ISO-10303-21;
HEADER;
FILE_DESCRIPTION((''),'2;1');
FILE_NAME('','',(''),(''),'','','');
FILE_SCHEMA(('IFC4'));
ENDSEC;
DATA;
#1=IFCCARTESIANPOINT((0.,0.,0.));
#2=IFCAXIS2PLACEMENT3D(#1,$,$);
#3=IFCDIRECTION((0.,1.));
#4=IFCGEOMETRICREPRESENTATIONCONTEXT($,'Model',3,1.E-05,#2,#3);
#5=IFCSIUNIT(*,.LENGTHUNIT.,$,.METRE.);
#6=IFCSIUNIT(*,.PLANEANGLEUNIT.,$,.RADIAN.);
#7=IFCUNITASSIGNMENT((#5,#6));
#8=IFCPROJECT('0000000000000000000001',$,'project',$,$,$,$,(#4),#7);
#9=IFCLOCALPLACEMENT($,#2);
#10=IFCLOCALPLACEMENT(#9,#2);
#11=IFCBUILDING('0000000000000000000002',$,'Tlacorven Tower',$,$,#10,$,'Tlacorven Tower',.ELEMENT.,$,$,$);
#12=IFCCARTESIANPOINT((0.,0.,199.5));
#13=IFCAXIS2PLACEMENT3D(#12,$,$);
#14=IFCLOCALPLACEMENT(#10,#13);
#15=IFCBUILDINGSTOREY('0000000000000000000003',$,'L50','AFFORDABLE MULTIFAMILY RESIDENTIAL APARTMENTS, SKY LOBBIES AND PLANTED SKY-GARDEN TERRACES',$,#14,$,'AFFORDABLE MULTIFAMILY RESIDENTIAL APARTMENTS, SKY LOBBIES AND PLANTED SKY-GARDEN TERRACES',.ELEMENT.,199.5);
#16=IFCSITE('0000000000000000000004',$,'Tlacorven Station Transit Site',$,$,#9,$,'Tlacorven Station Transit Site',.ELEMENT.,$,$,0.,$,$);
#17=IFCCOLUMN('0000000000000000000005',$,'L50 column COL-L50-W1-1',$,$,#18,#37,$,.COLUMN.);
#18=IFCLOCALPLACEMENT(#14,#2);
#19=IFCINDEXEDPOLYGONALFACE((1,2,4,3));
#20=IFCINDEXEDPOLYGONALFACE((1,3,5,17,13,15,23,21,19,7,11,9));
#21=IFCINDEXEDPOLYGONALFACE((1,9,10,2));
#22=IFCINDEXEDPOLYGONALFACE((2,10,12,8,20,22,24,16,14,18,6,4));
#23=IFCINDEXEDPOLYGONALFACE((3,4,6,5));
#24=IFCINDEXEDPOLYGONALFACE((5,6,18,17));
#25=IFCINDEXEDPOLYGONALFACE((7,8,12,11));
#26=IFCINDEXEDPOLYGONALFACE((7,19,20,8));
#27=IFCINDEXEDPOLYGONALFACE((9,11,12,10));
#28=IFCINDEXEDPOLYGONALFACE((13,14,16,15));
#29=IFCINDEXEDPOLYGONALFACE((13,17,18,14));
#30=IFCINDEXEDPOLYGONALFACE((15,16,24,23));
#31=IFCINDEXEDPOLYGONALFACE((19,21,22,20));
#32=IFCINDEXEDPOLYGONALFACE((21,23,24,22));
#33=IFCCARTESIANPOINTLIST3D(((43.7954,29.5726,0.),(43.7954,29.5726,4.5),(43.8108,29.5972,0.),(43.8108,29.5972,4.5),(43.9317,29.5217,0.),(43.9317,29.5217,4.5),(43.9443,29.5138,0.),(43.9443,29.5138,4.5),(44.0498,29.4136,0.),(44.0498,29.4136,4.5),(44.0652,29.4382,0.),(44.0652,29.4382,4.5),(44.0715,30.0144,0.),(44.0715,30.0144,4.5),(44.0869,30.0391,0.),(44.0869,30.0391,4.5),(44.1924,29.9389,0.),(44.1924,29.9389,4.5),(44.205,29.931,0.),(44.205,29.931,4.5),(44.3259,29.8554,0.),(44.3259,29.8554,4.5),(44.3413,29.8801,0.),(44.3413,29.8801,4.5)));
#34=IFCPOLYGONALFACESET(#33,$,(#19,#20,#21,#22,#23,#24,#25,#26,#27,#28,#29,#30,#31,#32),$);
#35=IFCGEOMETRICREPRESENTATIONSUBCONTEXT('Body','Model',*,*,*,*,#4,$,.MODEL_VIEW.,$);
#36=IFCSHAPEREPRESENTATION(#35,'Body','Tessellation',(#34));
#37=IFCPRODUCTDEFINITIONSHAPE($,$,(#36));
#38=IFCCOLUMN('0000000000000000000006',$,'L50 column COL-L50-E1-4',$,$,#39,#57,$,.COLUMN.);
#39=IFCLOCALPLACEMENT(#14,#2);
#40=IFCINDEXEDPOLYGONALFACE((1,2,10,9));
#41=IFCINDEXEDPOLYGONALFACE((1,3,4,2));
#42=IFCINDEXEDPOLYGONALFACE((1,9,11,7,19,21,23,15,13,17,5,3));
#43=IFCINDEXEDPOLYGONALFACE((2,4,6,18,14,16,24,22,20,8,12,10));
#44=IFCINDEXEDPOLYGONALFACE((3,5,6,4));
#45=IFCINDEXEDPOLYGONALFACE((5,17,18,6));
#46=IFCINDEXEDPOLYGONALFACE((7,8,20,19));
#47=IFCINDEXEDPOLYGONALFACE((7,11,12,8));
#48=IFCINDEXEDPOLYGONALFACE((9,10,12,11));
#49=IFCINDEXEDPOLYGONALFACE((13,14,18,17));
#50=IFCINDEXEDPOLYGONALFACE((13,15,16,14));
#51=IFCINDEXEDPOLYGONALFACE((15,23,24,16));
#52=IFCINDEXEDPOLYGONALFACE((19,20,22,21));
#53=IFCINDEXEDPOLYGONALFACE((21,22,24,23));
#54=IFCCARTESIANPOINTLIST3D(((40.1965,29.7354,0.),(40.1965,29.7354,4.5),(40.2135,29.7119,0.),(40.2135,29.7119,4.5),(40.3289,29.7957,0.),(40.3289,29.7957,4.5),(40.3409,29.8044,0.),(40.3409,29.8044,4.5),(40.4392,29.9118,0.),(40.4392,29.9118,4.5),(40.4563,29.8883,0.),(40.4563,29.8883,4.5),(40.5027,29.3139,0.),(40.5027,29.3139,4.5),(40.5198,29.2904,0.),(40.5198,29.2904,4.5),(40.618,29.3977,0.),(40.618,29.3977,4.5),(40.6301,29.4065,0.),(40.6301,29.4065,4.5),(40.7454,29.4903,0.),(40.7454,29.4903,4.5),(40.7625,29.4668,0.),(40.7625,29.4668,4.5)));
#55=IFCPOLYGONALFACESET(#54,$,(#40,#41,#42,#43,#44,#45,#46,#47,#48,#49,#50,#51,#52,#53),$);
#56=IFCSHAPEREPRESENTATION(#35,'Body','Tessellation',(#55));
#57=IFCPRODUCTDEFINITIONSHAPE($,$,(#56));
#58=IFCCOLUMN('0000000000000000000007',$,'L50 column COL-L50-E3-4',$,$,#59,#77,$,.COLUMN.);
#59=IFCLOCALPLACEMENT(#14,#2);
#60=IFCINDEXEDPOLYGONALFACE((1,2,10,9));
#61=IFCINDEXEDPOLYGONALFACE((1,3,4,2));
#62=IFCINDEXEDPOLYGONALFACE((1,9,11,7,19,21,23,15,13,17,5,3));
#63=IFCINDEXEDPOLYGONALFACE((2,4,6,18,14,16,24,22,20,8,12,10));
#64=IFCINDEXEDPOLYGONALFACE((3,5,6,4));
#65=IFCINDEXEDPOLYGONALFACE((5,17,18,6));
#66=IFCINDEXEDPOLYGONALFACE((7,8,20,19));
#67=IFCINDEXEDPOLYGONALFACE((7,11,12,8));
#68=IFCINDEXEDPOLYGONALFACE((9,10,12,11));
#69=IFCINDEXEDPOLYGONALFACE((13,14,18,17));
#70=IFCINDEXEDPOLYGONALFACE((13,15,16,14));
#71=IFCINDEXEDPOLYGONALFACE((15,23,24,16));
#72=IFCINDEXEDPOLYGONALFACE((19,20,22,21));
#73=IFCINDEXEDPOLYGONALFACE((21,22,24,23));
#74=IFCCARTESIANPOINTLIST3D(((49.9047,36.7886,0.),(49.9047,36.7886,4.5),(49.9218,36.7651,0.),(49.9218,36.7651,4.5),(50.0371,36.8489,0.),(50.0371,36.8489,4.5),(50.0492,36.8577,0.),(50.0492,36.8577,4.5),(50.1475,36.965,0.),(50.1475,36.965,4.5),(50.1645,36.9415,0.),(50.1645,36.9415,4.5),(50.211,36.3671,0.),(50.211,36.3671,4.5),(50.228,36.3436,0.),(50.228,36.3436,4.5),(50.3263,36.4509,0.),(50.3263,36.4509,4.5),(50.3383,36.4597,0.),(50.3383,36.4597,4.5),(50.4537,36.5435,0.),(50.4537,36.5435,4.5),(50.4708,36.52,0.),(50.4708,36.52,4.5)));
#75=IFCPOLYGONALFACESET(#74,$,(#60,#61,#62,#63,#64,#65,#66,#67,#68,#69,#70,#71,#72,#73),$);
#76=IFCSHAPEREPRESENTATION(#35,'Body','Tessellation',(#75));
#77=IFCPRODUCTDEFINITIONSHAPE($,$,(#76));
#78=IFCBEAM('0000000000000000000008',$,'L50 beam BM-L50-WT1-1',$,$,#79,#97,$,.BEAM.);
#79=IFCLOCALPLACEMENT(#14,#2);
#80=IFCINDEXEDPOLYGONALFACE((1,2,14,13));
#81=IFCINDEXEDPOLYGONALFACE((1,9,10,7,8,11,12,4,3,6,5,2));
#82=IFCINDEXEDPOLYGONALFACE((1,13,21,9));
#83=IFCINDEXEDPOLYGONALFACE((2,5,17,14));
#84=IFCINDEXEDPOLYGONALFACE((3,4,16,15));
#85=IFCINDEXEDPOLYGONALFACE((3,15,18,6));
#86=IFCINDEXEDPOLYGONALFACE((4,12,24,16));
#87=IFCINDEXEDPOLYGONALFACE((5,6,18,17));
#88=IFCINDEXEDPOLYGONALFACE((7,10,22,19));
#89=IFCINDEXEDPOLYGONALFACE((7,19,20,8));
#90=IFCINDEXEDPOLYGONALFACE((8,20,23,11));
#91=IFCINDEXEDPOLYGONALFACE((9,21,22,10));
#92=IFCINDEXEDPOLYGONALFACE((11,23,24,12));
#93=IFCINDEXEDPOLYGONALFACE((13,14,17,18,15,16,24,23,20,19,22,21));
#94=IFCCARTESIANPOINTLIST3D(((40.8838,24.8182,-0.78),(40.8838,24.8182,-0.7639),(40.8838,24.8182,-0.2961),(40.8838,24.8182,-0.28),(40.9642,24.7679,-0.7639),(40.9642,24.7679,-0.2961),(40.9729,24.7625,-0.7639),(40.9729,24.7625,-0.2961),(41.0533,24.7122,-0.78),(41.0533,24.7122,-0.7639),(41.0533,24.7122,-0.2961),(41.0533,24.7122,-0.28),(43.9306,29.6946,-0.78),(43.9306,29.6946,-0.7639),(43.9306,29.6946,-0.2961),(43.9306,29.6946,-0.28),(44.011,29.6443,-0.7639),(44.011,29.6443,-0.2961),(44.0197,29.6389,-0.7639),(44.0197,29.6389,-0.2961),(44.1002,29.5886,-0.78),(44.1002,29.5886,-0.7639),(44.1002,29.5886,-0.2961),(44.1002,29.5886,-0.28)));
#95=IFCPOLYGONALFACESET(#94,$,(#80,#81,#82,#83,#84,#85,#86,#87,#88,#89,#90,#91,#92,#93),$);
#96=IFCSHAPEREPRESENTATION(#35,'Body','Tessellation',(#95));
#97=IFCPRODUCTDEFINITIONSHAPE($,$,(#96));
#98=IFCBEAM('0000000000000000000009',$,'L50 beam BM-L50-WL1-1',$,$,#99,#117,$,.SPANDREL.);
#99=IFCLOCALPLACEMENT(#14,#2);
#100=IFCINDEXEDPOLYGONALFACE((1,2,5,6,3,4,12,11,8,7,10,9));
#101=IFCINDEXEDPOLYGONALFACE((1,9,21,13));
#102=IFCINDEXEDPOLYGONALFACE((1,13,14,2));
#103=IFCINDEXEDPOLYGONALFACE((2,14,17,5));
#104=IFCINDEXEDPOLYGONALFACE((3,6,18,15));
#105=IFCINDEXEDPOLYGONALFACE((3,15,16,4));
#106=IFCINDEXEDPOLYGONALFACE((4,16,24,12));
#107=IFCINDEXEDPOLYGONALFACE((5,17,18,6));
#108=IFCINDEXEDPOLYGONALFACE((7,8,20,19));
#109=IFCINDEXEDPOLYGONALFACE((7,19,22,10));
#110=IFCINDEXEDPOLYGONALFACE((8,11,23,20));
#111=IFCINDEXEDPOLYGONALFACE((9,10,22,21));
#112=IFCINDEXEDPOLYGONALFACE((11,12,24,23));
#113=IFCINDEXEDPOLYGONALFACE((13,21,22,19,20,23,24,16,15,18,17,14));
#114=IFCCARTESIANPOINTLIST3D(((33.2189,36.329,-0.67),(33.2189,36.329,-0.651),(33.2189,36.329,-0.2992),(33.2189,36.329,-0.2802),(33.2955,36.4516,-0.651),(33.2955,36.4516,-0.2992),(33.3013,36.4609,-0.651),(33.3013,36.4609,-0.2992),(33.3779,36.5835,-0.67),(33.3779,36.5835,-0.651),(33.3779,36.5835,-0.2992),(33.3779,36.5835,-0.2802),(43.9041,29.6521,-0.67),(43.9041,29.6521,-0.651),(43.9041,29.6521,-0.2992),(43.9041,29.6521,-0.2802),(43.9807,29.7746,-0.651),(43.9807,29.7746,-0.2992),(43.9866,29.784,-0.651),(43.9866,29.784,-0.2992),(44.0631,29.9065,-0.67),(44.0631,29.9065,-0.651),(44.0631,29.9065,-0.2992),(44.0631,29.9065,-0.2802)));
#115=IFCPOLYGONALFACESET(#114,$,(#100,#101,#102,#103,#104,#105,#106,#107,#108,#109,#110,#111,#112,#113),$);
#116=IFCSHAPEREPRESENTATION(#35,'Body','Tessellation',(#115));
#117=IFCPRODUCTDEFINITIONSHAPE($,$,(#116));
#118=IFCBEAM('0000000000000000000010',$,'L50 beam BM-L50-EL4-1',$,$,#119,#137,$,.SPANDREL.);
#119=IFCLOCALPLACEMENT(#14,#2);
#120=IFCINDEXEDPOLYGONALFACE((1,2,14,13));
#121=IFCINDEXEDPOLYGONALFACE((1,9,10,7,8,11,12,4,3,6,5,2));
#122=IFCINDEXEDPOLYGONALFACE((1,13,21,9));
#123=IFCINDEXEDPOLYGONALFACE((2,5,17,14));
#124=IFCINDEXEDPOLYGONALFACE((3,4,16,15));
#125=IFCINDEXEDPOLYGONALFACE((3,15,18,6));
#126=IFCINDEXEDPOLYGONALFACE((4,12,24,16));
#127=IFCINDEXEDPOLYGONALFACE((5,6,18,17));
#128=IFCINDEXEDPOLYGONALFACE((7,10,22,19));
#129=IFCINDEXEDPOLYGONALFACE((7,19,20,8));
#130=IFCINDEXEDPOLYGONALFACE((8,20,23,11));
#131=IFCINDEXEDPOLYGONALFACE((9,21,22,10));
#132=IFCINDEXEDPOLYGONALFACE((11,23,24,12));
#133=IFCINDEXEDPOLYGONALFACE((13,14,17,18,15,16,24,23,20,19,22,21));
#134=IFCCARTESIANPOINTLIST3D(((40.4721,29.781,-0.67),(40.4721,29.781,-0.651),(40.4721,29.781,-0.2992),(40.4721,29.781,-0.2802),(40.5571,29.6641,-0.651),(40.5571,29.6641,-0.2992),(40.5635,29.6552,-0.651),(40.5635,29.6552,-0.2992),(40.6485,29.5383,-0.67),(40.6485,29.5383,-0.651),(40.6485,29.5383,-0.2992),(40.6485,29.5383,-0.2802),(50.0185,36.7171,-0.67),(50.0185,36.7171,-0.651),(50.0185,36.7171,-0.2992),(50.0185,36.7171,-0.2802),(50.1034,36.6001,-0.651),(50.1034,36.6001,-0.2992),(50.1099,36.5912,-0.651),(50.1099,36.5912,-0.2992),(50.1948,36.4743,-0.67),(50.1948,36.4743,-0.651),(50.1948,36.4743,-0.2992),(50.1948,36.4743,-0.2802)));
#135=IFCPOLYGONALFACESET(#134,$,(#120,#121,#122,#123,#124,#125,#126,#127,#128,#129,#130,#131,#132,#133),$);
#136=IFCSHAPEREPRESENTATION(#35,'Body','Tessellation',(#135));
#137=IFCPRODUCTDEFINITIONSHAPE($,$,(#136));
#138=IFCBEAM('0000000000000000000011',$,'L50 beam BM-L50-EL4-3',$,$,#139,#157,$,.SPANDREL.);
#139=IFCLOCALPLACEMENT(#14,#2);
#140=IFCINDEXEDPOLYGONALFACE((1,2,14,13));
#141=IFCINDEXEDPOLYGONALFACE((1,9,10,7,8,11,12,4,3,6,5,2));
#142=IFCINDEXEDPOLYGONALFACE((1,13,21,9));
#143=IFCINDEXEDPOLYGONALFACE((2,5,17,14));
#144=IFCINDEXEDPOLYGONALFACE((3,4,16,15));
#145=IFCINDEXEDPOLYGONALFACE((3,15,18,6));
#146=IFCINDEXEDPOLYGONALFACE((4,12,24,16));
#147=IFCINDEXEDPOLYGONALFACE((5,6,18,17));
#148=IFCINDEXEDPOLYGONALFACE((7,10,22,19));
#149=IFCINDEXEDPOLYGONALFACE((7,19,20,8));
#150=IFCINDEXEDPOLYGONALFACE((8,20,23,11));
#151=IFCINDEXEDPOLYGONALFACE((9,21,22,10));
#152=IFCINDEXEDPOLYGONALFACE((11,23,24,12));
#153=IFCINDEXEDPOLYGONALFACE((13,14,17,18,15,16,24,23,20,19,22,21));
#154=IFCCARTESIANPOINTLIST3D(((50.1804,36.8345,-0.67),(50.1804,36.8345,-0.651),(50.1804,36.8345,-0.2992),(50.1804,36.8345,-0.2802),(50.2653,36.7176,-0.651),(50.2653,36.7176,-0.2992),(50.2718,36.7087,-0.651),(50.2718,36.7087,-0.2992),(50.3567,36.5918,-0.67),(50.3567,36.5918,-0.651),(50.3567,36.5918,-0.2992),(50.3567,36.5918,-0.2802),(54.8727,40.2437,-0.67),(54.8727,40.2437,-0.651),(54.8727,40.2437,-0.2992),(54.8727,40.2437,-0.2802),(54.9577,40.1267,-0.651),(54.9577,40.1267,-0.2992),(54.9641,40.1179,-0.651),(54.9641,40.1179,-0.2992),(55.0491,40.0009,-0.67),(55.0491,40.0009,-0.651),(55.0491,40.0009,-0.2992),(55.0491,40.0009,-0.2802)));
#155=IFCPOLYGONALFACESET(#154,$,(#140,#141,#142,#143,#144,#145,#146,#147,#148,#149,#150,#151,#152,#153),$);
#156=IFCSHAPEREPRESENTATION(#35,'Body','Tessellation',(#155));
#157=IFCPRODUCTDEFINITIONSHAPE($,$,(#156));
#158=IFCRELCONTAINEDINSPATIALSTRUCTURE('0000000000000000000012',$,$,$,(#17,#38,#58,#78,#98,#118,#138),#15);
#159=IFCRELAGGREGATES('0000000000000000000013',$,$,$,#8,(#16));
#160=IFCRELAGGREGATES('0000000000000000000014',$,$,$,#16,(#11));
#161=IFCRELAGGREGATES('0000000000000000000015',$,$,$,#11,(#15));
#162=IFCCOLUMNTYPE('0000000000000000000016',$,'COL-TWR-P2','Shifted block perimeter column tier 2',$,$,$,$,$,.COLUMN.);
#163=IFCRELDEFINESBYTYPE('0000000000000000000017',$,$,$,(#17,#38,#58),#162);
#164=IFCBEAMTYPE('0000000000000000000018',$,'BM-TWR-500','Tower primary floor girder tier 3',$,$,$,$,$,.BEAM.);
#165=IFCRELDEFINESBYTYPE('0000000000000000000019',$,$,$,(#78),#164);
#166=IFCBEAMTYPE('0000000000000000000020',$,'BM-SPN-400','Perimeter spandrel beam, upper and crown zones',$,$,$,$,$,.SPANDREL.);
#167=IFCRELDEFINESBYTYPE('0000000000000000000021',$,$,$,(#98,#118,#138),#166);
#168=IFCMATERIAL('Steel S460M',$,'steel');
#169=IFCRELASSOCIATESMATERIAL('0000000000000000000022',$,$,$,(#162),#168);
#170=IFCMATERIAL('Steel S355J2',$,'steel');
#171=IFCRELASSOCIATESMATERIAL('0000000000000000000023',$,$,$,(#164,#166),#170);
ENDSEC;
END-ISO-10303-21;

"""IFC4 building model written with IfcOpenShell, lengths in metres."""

from ifc_helpers import new_model, si_unit, direction, frame, origin, origin_2d, place, context, subcontext, project, spatial, i_section, extrude, source, transform, mapped, material, material_profile, profile_set, type_object, element, save


model = new_model("IFC4")

# Units and contexts
model_context = context("Model", 3, precision=1e-05, world=origin(), true_north=direction((0.0, 1.0)))
body_context = subcontext(model_context, "Body", "Model", "MODEL_VIEW")
ifc_project = project(units=[si_unit("LENGTHUNIT", "METRE"), si_unit("PLANEANGLEUNIT", "RADIAN")], contexts=[model_context])

# Site, building, storey
site_placement = place(None, origin())
site = spatial("IfcSite", under=ifc_project, at=site_placement, Name="Tlacorven Station Transit Site", LongName="Tlacorven Station Transit Site", CompositionType="ELEMENT", RefElevation=0.0)
building_placement = place(site_placement, origin())
building = spatial("IfcBuilding", under=site, at=building_placement, Name="Tlacorven Tower", LongName="Tlacorven Tower", CompositionType="ELEMENT")
storey_placement = place(building_placement, frame((0.0, 0.0, 199.5)))
storey = spatial("IfcBuildingStorey", under=building, at=storey_placement, Name="L50", Description="AFFORDABLE MULTIFAMILY RESIDENTIAL APARTMENTS, SKY LOBBIES AND PLANTED SKY-GARDEN TERRACES", LongName="AFFORDABLE MULTIFAMILY RESIDENTIAL APARTMENTS, SKY LOBBIES AND PLANTED SKY-GARDEN TERRACES", CompositionType="ELEMENT", Elevation=199.5)

# Columns
ifc_material_1 = material(Name="Steel S460M", Category="steel")
ifc_material_profile_1 = material_profile(ifc_material_1, i_section(OverallWidth=0.3, OverallDepth=0.55, WebThickness=0.0149, FlangeThickness=0.0291, at=origin_2d()), Name="HEB 550")
ifc_profile_set_1 = profile_set([ifc_material_profile_1], Name="Steel S460M")
column_type = type_object("IfcColumnType", Name="COL-TWR-P2", Description="Shifted block perimeter column tier 2", PredefinedType="COLUMN", material=ifc_profile_set_1)
shared_shape_1 = source(origin(), body_context, "Body", "SweptSolid", [
    extrude(i_section(OverallWidth=0.3, OverallDepth=0.55, WebThickness=0.0149, FlangeThickness=0.0291, at=origin_2d()), origin(), (0.0, 0.0, 1.0), 4.5),
])
for number, where, z_axis, x_axis, name in (
    (1, (44.0684, 29.7263, 0.0), (0.0, 0.0, 1.0), (-0.848048, 0.529919, 0.0), "L50 column COL-L50-W1-1"),
    (2, (40.4795, 29.6011, 0.0), (0.0, 0.0, 1.0), (0.809017, 0.587785, 0.0), "L50 column COL-L50-E1-4"),
    (3, (50.1877, 36.6543, 0.0), (0.0, 0.0, 1.0), (0.809017, 0.587785, 0.0), "L50 column COL-L50-E3-4"),
):
    element("IfcColumn", number, at=place(storey_placement, frame(where, z_axis=z_axis, x_axis=x_axis)), inside=storey, type_object=column_type, Name=name, PredefinedType="COLUMN", context=body_context, shape_type="MappedRepresentation", body=[
        mapped(shared_shape_1, transform((0.0, 0.0, 0.0), scale=1.0)),
    ])

# Beams
ifc_material_2 = material(Name="Steel S355J2", Category="steel")
ifc_material_profile_2 = material_profile(ifc_material_2, i_section(OverallWidth=0.2, OverallDepth=0.5, WebThickness=0.0103, FlangeThickness=0.0161, at=origin_2d()), Name="IPE 500")
ifc_profile_set_2 = profile_set([ifc_material_profile_2], Name="Steel S355J2")
beam_type_1 = type_object("IfcBeamType", Name="BM-TWR-500", Description="Tower primary floor girder tier 3", PredefinedType="BEAM", material=ifc_profile_set_2)
shared_shape_2 = source(origin(), body_context, "Body", "SweptSolid", [
    extrude(i_section(OverallWidth=0.2, OverallDepth=0.5, WebThickness=0.0103, FlangeThickness=0.0161, at=origin_2d()), origin(), (0.0, 0.0, 1.0), 5.75),
])
beam_1_placement = place(storey_placement, frame((44.0154, 29.6416, -0.53), z_axis=(-0.529884, -0.84807, 0.0), x_axis=(0.84807, -0.529884, 0.0)))
element("IfcBeam", 4, at=beam_1_placement, inside=storey, type_object=beam_type_1, Name="L50 beam BM-L50-WT1-1", PredefinedType="BEAM", context=body_context, shape_type="MappedRepresentation", body=[
    mapped(shared_shape_2, transform((0.0, 0.0, 0.0), scale=1.0)),
])
ifc_material_profile_3 = material_profile(ifc_material_2, i_section(OverallWidth=0.3, OverallDepth=0.3899, WebThickness=0.011, FlangeThickness=0.019, at=origin_2d()), Name="HEA 400")
ifc_profile_set_3 = profile_set([ifc_material_profile_3], Name="Steel S355J2")
beam_type_2 = type_object("IfcBeamType", Name="BM-SPN-400", Description="Perimeter spandrel beam, upper and crown zones", PredefinedType="SPANDREL", material=ifc_profile_set_3)
shared_shape_3 = source(origin(), body_context, "Body", "SweptSolid", [
    extrude(i_section(OverallWidth=0.3, OverallDepth=0.3899, WebThickness=0.011, FlangeThickness=0.019, at=origin_2d()), origin(), (0.0, 0.0, 1.0), 12.5999),
])
beam_2_placement = place(storey_placement, frame((43.9836, 29.7793, -0.4751), z_axis=(-0.848045, 0.529924, 0.0), x_axis=(-0.529924, -0.848045, 0.0)))
element("IfcBeam", 5, at=beam_2_placement, inside=storey, type_object=beam_type_2, Name="L50 beam BM-L50-WL1-1", PredefinedType="SPANDREL", context=body_context, shape_type="MappedRepresentation", body=[
    mapped(shared_shape_3, transform((0.0, 0.0, 0.0), scale=1.0)),
])
shared_shape_4 = source(origin(), body_context, "Body", "SweptSolid", [
    extrude(i_section(OverallWidth=0.3, OverallDepth=0.3899, WebThickness=0.011, FlangeThickness=0.019, at=origin_2d()), origin(), (0.0, 0.0, 1.0), 11.8),
])
beam_3_placement = place(storey_placement, frame((40.5603, 29.6597, -0.4751), z_axis=(0.80901, 0.587795, 0.0), x_axis=(-0.587795, 0.80901, 0.0)))
element("IfcBeam", 6, at=beam_3_placement, inside=storey, type_object=beam_type_2, Name="L50 beam BM-L50-EL4-1", PredefinedType="SPANDREL", context=body_context, shape_type="MappedRepresentation", body=[
    mapped(shared_shape_4, transform((0.0, 0.0, 0.0), scale=1.0)),
])
shared_shape_5 = source(origin(), body_context, "Body", "SweptSolid", [
    extrude(i_section(OverallWidth=0.3, OverallDepth=0.3899, WebThickness=0.011, FlangeThickness=0.019, at=origin_2d()), origin(), (0.0, 0.0, 1.0), 5.8),
])
beam_4_placement = place(storey_placement, frame((50.2686, 36.7131, -0.4751), z_axis=(0.80902, 0.587781, 0.0), x_axis=(-0.587781, 0.80902, 0.0)))
element("IfcBeam", 7, at=beam_4_placement, inside=storey, type_object=beam_type_2, Name="L50 beam BM-L50-EL4-3", PredefinedType="SPANDREL", context=body_context, shape_type="MappedRepresentation", body=[
    mapped(shared_shape_5, transform((0.0, 0.0, 0.0), scale=1.0)),
])

save(model, "model.ifc")
